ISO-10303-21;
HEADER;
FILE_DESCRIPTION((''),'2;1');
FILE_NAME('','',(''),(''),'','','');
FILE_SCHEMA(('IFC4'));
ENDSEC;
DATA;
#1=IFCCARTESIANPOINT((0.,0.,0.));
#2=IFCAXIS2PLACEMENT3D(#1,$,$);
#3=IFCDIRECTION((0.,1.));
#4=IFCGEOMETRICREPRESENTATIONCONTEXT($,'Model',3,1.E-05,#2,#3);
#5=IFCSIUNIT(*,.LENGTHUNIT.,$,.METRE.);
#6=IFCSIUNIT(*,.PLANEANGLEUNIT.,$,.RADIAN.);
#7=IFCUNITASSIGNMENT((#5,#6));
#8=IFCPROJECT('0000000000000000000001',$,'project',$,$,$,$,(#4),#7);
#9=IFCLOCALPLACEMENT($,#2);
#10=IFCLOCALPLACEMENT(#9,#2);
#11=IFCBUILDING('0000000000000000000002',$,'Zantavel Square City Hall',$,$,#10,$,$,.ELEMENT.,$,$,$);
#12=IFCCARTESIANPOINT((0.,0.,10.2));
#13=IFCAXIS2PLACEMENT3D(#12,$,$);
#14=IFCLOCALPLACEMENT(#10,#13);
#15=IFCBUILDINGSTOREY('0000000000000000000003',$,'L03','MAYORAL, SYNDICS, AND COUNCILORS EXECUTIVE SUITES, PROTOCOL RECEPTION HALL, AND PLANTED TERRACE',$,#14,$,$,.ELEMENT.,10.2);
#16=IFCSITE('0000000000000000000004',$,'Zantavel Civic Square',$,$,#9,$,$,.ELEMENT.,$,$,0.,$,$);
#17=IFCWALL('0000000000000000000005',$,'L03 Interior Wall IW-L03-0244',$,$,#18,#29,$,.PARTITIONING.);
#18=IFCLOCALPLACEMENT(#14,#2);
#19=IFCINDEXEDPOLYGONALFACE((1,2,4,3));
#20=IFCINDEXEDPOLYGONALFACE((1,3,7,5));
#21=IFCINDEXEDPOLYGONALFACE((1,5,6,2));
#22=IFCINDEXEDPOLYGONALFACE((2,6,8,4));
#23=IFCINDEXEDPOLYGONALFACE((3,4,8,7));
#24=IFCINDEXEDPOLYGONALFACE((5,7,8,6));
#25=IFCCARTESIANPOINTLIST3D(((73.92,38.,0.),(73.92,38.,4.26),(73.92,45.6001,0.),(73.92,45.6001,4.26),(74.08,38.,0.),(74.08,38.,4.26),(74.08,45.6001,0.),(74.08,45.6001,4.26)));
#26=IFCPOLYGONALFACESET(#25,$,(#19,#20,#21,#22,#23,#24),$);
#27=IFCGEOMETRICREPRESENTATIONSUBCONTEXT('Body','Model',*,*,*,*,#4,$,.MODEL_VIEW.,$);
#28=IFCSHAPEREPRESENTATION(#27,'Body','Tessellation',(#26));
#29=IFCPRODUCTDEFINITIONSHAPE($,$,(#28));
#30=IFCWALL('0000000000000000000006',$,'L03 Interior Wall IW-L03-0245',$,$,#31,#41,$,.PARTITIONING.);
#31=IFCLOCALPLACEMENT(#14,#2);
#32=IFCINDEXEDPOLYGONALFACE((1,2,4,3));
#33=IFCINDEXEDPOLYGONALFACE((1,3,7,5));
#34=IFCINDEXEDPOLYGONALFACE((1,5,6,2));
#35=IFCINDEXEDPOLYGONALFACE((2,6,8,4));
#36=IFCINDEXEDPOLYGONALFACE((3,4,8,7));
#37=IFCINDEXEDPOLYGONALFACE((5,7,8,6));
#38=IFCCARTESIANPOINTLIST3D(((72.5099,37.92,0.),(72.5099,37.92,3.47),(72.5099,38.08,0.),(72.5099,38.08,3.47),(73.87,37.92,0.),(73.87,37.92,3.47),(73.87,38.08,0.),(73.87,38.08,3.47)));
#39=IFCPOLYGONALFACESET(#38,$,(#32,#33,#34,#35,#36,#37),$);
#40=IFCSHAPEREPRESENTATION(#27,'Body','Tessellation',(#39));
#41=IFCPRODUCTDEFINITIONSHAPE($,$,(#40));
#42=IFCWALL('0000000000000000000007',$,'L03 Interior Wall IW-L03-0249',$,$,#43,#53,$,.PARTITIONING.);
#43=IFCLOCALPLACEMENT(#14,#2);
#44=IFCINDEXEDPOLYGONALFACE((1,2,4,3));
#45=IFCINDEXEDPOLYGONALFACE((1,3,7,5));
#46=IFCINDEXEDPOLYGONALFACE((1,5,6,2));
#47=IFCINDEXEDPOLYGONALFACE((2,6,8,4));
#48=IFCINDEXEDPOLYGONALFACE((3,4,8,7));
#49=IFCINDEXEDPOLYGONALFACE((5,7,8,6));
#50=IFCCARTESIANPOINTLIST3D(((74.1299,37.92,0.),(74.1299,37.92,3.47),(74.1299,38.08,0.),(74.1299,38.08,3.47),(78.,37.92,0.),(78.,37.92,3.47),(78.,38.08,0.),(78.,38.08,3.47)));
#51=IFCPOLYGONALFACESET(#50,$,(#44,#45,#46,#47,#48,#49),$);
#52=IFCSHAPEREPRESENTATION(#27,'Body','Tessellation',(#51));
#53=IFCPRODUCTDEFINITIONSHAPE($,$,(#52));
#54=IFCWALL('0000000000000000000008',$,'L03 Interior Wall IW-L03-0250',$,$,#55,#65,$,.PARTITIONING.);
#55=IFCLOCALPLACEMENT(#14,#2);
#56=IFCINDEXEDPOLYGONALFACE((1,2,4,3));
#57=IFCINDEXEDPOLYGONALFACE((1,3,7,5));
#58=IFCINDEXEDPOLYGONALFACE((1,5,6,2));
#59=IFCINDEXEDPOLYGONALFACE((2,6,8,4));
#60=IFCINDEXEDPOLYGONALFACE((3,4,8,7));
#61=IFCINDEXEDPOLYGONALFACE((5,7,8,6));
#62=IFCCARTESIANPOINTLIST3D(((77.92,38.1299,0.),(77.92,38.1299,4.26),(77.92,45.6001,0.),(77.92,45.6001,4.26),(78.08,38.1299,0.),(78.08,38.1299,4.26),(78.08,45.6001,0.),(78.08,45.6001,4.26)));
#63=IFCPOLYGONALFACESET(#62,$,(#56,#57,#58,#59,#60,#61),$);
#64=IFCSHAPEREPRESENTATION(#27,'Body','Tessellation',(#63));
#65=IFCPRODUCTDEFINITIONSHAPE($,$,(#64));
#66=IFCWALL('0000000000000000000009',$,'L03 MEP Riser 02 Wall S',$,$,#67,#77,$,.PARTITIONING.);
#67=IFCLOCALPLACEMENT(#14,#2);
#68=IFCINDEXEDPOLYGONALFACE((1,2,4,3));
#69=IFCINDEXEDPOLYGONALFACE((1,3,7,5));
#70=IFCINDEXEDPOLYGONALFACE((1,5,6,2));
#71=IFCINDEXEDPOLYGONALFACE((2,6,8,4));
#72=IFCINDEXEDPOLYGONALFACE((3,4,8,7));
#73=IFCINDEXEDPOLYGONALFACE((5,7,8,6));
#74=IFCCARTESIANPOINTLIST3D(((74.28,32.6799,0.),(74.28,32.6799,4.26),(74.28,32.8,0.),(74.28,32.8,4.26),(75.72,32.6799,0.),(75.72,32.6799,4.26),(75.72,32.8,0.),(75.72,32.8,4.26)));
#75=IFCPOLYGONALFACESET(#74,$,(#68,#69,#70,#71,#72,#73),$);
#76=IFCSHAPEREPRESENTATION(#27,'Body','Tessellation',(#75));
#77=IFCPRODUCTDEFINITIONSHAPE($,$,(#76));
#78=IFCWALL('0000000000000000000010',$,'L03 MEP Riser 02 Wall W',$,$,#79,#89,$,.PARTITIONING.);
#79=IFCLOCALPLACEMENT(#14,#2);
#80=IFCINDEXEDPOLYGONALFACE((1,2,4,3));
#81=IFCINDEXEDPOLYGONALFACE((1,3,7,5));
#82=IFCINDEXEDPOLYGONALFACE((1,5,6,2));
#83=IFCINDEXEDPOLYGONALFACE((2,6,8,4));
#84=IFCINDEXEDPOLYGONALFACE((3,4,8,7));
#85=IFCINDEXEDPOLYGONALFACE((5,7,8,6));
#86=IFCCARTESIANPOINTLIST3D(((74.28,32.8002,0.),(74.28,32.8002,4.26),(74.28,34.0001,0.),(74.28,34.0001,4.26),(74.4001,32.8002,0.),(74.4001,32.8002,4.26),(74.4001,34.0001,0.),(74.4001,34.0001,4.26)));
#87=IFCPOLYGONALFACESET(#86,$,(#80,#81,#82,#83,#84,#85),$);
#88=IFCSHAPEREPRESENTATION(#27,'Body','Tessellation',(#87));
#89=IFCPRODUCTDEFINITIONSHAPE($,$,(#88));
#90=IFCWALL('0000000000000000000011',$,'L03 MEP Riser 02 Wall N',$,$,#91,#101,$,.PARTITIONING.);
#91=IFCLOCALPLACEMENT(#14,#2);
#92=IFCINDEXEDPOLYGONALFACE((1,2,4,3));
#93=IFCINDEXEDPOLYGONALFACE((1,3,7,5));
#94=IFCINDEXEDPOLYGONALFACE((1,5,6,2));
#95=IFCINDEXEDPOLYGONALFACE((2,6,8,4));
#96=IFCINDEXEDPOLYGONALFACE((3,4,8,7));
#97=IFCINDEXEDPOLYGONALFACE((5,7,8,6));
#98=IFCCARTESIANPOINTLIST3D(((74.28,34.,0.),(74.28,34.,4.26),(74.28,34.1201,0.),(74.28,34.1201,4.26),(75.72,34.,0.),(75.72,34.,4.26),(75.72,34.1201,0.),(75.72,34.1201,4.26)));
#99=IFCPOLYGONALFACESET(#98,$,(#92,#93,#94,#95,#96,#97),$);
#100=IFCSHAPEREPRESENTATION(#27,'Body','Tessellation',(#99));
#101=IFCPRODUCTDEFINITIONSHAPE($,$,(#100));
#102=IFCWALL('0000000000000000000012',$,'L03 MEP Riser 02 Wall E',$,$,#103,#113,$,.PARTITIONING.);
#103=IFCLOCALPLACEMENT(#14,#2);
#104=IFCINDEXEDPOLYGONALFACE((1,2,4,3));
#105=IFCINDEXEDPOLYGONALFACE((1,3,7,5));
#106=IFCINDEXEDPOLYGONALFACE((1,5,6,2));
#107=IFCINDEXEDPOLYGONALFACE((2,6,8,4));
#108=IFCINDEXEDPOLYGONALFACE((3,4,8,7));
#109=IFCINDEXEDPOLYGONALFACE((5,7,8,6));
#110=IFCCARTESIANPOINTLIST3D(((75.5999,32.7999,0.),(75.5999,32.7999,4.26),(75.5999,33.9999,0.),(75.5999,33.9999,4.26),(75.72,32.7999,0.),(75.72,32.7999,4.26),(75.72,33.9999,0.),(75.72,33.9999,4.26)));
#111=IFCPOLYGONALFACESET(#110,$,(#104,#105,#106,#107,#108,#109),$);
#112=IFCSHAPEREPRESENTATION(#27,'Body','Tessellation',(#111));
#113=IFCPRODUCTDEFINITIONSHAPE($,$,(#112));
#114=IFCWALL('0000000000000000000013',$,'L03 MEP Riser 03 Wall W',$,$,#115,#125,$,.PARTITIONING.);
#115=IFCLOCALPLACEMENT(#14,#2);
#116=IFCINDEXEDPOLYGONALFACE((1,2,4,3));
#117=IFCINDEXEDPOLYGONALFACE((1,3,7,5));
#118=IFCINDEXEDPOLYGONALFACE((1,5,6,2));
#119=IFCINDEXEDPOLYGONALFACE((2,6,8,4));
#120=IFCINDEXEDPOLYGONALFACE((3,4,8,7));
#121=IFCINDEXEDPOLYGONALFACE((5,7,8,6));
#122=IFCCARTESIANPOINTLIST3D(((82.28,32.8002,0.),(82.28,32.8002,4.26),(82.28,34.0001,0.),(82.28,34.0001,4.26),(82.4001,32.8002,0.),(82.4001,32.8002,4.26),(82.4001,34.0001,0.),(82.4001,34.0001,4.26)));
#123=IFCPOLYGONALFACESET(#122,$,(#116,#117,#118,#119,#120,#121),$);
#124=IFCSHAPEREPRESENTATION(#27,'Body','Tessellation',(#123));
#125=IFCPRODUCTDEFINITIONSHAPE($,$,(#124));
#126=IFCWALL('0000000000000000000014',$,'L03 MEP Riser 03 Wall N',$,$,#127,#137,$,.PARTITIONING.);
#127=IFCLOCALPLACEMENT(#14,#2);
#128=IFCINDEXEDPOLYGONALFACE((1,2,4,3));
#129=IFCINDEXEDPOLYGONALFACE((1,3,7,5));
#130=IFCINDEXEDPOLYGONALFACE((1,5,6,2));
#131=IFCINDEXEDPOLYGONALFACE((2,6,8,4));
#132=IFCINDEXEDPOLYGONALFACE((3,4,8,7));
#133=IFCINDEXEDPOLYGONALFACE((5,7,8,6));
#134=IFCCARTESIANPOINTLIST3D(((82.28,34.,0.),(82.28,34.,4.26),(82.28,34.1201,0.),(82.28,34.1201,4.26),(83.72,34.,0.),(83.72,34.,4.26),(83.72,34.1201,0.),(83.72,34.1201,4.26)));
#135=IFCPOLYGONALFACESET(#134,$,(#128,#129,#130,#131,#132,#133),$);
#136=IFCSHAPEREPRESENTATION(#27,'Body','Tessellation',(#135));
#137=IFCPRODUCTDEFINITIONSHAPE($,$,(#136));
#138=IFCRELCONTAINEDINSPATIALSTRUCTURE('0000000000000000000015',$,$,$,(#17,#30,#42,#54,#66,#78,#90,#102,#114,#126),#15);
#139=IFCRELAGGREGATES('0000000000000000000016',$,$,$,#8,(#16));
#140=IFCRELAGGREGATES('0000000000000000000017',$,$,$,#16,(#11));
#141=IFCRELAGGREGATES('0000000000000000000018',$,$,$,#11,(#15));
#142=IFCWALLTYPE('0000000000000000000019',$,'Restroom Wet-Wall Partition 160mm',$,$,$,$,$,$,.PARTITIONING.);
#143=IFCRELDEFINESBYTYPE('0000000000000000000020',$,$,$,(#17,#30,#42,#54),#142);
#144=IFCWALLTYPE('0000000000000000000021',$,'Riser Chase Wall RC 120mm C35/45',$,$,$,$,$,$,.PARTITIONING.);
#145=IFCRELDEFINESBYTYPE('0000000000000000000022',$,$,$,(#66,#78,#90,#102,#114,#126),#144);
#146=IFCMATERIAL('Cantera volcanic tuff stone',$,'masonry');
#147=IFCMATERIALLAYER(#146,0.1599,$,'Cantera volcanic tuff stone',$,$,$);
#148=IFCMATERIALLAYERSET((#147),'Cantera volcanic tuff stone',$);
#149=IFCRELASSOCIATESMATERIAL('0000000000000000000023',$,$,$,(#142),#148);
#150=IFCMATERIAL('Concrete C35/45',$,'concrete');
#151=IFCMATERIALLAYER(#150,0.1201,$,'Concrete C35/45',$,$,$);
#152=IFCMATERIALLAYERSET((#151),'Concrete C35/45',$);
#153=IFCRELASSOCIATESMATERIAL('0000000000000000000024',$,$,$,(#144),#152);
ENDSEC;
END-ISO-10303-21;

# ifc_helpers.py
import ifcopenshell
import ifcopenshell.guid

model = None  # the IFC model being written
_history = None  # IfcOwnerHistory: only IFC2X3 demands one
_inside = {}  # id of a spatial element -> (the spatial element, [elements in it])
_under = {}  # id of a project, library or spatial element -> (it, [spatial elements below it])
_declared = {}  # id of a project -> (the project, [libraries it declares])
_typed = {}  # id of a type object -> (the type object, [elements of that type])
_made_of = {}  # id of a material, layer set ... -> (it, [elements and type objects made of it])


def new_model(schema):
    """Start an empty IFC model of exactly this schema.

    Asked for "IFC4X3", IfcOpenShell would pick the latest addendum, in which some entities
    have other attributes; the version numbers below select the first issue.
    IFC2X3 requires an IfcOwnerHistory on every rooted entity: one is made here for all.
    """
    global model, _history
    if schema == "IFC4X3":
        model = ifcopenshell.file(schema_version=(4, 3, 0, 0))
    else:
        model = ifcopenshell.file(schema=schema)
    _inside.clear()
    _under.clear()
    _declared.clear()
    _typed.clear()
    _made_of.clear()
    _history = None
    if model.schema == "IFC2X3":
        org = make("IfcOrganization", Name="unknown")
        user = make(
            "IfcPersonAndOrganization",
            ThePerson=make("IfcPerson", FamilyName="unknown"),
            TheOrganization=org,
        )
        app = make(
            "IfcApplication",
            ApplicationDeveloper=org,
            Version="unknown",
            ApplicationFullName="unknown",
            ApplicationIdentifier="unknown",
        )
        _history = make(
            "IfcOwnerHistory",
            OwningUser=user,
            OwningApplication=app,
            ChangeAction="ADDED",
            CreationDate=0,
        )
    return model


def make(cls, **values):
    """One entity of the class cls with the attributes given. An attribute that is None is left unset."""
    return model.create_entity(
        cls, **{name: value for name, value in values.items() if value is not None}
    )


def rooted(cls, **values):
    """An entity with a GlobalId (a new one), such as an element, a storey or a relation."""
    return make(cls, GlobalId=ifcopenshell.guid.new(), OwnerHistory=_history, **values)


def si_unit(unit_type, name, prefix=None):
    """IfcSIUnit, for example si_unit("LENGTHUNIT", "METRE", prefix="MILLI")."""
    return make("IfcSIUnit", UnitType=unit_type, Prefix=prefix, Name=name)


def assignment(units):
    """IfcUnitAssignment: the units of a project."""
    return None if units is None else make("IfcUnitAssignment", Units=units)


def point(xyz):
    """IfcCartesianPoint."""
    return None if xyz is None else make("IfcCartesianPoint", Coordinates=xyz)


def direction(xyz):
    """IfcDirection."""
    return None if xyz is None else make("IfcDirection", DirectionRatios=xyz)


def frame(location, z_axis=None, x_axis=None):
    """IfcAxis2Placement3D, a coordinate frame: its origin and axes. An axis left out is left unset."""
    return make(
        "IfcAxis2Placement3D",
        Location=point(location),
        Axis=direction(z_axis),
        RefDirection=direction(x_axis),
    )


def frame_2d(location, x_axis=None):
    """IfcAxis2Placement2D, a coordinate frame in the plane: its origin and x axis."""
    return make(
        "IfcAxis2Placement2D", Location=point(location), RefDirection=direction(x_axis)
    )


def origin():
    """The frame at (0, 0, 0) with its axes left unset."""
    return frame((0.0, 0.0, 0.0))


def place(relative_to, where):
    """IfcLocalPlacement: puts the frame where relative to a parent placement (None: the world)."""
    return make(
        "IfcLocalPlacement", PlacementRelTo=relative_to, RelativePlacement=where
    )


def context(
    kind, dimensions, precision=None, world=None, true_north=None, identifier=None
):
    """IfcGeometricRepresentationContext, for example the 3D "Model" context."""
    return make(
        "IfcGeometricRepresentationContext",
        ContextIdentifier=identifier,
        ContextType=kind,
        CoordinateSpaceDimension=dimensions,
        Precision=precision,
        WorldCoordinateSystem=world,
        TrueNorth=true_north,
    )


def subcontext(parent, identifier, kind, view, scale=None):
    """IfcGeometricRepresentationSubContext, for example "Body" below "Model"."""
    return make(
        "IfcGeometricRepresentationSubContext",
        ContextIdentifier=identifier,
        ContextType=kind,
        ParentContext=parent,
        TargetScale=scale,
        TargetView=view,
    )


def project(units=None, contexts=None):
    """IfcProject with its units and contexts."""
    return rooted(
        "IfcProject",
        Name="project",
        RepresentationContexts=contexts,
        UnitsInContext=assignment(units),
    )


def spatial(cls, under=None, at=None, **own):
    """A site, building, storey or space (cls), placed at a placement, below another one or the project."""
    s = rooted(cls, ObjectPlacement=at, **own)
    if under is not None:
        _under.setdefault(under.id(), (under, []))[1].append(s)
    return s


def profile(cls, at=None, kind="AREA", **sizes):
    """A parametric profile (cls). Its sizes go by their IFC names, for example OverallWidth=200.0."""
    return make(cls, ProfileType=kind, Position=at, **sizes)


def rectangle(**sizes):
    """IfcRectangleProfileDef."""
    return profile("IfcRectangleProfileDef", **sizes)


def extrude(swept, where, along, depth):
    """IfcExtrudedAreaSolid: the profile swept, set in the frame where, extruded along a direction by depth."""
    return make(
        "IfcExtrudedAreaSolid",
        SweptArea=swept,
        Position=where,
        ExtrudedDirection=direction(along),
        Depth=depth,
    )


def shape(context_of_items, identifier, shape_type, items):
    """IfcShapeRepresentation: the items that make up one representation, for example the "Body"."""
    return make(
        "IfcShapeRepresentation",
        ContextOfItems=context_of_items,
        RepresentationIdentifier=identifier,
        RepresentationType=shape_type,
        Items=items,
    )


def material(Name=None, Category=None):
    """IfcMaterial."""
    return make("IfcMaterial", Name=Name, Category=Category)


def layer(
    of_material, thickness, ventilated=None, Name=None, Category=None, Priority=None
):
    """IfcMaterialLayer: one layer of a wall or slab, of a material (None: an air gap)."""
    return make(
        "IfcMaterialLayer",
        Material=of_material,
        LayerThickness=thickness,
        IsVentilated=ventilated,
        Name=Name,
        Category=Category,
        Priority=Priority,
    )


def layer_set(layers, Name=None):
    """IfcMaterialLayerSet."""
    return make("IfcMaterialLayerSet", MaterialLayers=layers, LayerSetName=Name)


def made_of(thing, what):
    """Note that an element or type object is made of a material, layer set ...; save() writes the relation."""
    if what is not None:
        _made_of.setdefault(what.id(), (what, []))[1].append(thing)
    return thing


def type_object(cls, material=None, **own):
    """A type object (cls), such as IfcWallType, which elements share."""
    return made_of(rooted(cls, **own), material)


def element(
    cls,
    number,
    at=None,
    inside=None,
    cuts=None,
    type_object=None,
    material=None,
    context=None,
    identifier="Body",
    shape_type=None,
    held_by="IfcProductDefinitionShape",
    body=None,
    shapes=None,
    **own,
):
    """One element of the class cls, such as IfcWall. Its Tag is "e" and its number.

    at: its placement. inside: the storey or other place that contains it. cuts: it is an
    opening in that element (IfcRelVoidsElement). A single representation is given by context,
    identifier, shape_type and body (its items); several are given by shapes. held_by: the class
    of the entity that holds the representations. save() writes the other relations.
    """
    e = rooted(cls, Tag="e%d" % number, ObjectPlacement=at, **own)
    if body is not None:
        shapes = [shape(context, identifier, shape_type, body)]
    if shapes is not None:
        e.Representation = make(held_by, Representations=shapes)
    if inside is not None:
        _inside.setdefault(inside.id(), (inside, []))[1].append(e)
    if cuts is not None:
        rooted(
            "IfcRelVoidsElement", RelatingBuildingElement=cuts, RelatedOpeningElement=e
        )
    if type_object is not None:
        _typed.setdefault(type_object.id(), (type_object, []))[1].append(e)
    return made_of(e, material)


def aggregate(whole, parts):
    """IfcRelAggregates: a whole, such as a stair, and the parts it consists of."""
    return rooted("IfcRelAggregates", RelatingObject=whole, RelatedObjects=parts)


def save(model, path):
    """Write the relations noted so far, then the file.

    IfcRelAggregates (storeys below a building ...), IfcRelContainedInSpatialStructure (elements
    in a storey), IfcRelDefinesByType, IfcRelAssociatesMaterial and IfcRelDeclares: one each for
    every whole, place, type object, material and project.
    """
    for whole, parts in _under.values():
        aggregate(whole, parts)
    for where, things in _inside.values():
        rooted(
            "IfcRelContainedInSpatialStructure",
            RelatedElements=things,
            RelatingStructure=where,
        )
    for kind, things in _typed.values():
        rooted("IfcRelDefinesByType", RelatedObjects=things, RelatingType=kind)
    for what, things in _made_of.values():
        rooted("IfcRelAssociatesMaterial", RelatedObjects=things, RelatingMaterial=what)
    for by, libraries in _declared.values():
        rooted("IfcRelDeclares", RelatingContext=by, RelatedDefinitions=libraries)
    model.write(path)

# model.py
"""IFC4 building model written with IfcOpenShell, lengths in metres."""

from ifc_helpers import new_model, si_unit, direction, frame, frame_2d, origin, place, context, subcontext, project, spatial, rectangle, extrude, material, layer, layer_set, type_object, element, save


model = new_model("IFC4")

# Units and contexts
model_context = context("Model", 3, precision=1e-05, world=origin(), true_north=direction((0.0, 1.0)))
body_context = subcontext(model_context, "Body", "Model", "MODEL_VIEW")
ifc_project = project(units=[si_unit("LENGTHUNIT", "METRE"), si_unit("PLANEANGLEUNIT", "RADIAN")], contexts=[model_context])

# Site, building, storey
site_placement = place(None, origin())
site = spatial("IfcSite", under=ifc_project, at=site_placement, Name="Zantavel Civic Square", CompositionType="ELEMENT", RefElevation=0.0)
building_placement = place(site_placement, origin())
building = spatial("IfcBuilding", under=site, at=building_placement, Name="Zantavel Square City Hall", CompositionType="ELEMENT")
storey_placement = place(building_placement, frame((0.0, 0.0, 10.2)))
storey = spatial("IfcBuildingStorey", under=building, at=storey_placement, Name="L03", Description="MAYORAL, SYNDICS, AND COUNCILORS EXECUTIVE SUITES, PROTOCOL RECEPTION HALL, AND PLANTED TERRACE", CompositionType="ELEMENT", Elevation=10.2)

# Shared definitions
ifc_material_1 = material(Name="Concrete C35/45", Category="concrete")

# Shared definitions
ifc_material_2 = material(Name="Cantera volcanic tuff stone", Category="masonry")

# Walls
ifc_layer_1 = layer(ifc_material_2, 0.1599, Name="Cantera volcanic tuff stone")
ifc_layer_set_1 = layer_set([ifc_layer_1], Name="Cantera volcanic tuff stone")
wall_type_1 = type_object("IfcWallType", Name="Restroom Wet-Wall Partition 160mm", PredefinedType="PARTITIONING", material=ifc_layer_set_1)
wall_1_placement = place(storey_placement, frame((74.0, 45.6001, 0.0), z_axis=(0.0, 0.0, 1.0), x_axis=(0.0, -1.0, 0.0)))
element("IfcWall", 1, at=wall_1_placement, inside=storey, type_object=wall_type_1, Name="L03 Interior Wall IW-L03-0244", PredefinedType="PARTITIONING", context=body_context, shape_type="SweptSolid", body=[
    extrude(rectangle(XDim=7.6001, YDim=0.1599, at=frame_2d((3.8, 0.0))), origin(), (0.0, 0.0, 1.0), 4.26),
])
wall_2_placement = place(storey_placement, frame((73.8701, 38.0, 0.0), z_axis=(0.0, 0.0, 1.0), x_axis=(-1.0, 0.0, 0.0)))
element("IfcWall", 2, at=wall_2_placement, inside=storey, type_object=wall_type_1, Name="L03 Interior Wall IW-L03-0245", PredefinedType="PARTITIONING", context=body_context, shape_type="SweptSolid", body=[
    extrude(rectangle(XDim=1.3601, YDim=0.1599, at=frame_2d((0.6802, 0.0))), origin(), (0.0, 0.0, 1.0), 3.47),
])
wall_3_placement = place(storey_placement, frame((78.0, 38.0, 0.0), z_axis=(0.0, 0.0, 1.0), x_axis=(-1.0, 0.0, 0.0)))
element("IfcWall", 3, at=wall_3_placement, inside=storey, type_object=wall_type_1, Name="L03 Interior Wall IW-L03-0249", PredefinedType="PARTITIONING", context=body_context, shape_type="SweptSolid", body=[
    extrude(rectangle(XDim=3.8701, YDim=0.1599, at=frame_2d((1.9351, 0.0))), origin(), (0.0, 0.0, 1.0), 3.47),
])
wall_4_placement = place(storey_placement, frame((78.0, 45.6001, 0.0), z_axis=(0.0, 0.0, 1.0), x_axis=(0.0, -1.0, 0.0)))
element("IfcWall", 4, at=wall_4_placement, inside=storey, type_object=wall_type_1, Name="L03 Interior Wall IW-L03-0250", PredefinedType="PARTITIONING", context=body_context, shape_type="SweptSolid", body=[
    extrude(rectangle(XDim=7.4702, YDim=0.1599, at=frame_2d((3.7351, 0.0))), origin(), (0.0, 0.0, 1.0), 4.26),
])
ifc_layer_2 = layer(ifc_material_1, 0.1201, Name="Concrete C35/45")
ifc_layer_set_2 = layer_set([ifc_layer_2], Name="Concrete C35/45")
wall_type_2 = type_object("IfcWallType", Name="Riser Chase Wall RC 120mm C35/45", PredefinedType="PARTITIONING", material=ifc_layer_set_2)
wall_5_placement = place(storey_placement, frame((75.72, 32.74, 0.0), z_axis=(0.0, 0.0, 1.0), x_axis=(-1.0, 0.0, 0.0)))
element("IfcWall", 5, at=wall_5_placement, inside=storey, type_object=wall_type_2, Name="L03 MEP Riser 02 Wall S", PredefinedType="PARTITIONING", context=body_context, shape_type="SweptSolid", body=[
    extrude(rectangle(XDim=1.4399, YDim=0.1201, at=frame_2d((0.72, 0.0))), origin(), (0.0, 0.0, 1.0), 4.26),
])
wall_6_placement = place(storey_placement, frame((74.3401, 32.8, 0.0), z_axis=(0.0, 0.0, 1.0), x_axis=(0.0, 1.0, 0.0)))
element("IfcWall", 6, at=wall_6_placement, inside=storey, type_object=wall_type_2, Name="L03 MEP Riser 02 Wall W", PredefinedType="PARTITIONING", context=body_context, shape_type="SweptSolid", body=[
    extrude(rectangle(XDim=1.2, YDim=0.1201, at=frame_2d((0.6001, 0.0))), origin(), (0.0, 0.0, 1.0), 4.26),
])
wall_7_placement = place(storey_placement, frame((74.28, 34.0601, 0.0), z_axis=(0.0, 0.0, 1.0), x_axis=(1.0, 0.0, 0.0)))
element("IfcWall", 7, at=wall_7_placement, inside=storey, type_object=wall_type_2, Name="L03 MEP Riser 02 Wall N", PredefinedType="PARTITIONING", context=body_context, shape_type="SweptSolid", body=[
    extrude(rectangle(XDim=1.4399, YDim=0.1201, at=frame_2d((0.72, 0.0))), origin(), (0.0, 0.0, 1.0), 4.26),
])
for number, where, z_axis, x_axis, name in (
    (8, (75.6599, 34.0, 0.0), (0.0, 0.0, 1.0), (0.0, -1.0, 0.0), "L03 MEP Riser 02 Wall E"),
    (9, (82.3401, 32.8, 0.0), (0.0, 0.0, 1.0), (0.0, 1.0, 0.0), "L03 MEP Riser 03 Wall W"),
):
    element("IfcWall", number, at=place(storey_placement, frame(where, z_axis=z_axis, x_axis=x_axis)), inside=storey, type_object=wall_type_2, Name=name, PredefinedType="PARTITIONING", context=body_context, shape_type="SweptSolid", body=[
        extrude(rectangle(XDim=1.2, YDim=0.1201, at=frame_2d((0.6001, 0.0))), origin(), (0.0, 0.0, 1.0), 4.26),
    ])
wall_8_placement = place(storey_placement, frame((82.28, 34.0601, 0.0), z_axis=(0.0, 0.0, 1.0), x_axis=(1.0, 0.0, 0.0)))
element("IfcWall", 10, at=wall_8_placement, inside=storey, type_object=wall_type_2, Name="L03 MEP Riser 03 Wall N", PredefinedType="PARTITIONING", context=body_context, shape_type="SweptSolid", body=[
    extrude(rectangle(XDim=1.4399, YDim=0.1201, at=frame_2d((0.72, 0.0))), origin(), (0.0, 0.0, 1.0), 4.26),
])

save(model, "model.ifc")
